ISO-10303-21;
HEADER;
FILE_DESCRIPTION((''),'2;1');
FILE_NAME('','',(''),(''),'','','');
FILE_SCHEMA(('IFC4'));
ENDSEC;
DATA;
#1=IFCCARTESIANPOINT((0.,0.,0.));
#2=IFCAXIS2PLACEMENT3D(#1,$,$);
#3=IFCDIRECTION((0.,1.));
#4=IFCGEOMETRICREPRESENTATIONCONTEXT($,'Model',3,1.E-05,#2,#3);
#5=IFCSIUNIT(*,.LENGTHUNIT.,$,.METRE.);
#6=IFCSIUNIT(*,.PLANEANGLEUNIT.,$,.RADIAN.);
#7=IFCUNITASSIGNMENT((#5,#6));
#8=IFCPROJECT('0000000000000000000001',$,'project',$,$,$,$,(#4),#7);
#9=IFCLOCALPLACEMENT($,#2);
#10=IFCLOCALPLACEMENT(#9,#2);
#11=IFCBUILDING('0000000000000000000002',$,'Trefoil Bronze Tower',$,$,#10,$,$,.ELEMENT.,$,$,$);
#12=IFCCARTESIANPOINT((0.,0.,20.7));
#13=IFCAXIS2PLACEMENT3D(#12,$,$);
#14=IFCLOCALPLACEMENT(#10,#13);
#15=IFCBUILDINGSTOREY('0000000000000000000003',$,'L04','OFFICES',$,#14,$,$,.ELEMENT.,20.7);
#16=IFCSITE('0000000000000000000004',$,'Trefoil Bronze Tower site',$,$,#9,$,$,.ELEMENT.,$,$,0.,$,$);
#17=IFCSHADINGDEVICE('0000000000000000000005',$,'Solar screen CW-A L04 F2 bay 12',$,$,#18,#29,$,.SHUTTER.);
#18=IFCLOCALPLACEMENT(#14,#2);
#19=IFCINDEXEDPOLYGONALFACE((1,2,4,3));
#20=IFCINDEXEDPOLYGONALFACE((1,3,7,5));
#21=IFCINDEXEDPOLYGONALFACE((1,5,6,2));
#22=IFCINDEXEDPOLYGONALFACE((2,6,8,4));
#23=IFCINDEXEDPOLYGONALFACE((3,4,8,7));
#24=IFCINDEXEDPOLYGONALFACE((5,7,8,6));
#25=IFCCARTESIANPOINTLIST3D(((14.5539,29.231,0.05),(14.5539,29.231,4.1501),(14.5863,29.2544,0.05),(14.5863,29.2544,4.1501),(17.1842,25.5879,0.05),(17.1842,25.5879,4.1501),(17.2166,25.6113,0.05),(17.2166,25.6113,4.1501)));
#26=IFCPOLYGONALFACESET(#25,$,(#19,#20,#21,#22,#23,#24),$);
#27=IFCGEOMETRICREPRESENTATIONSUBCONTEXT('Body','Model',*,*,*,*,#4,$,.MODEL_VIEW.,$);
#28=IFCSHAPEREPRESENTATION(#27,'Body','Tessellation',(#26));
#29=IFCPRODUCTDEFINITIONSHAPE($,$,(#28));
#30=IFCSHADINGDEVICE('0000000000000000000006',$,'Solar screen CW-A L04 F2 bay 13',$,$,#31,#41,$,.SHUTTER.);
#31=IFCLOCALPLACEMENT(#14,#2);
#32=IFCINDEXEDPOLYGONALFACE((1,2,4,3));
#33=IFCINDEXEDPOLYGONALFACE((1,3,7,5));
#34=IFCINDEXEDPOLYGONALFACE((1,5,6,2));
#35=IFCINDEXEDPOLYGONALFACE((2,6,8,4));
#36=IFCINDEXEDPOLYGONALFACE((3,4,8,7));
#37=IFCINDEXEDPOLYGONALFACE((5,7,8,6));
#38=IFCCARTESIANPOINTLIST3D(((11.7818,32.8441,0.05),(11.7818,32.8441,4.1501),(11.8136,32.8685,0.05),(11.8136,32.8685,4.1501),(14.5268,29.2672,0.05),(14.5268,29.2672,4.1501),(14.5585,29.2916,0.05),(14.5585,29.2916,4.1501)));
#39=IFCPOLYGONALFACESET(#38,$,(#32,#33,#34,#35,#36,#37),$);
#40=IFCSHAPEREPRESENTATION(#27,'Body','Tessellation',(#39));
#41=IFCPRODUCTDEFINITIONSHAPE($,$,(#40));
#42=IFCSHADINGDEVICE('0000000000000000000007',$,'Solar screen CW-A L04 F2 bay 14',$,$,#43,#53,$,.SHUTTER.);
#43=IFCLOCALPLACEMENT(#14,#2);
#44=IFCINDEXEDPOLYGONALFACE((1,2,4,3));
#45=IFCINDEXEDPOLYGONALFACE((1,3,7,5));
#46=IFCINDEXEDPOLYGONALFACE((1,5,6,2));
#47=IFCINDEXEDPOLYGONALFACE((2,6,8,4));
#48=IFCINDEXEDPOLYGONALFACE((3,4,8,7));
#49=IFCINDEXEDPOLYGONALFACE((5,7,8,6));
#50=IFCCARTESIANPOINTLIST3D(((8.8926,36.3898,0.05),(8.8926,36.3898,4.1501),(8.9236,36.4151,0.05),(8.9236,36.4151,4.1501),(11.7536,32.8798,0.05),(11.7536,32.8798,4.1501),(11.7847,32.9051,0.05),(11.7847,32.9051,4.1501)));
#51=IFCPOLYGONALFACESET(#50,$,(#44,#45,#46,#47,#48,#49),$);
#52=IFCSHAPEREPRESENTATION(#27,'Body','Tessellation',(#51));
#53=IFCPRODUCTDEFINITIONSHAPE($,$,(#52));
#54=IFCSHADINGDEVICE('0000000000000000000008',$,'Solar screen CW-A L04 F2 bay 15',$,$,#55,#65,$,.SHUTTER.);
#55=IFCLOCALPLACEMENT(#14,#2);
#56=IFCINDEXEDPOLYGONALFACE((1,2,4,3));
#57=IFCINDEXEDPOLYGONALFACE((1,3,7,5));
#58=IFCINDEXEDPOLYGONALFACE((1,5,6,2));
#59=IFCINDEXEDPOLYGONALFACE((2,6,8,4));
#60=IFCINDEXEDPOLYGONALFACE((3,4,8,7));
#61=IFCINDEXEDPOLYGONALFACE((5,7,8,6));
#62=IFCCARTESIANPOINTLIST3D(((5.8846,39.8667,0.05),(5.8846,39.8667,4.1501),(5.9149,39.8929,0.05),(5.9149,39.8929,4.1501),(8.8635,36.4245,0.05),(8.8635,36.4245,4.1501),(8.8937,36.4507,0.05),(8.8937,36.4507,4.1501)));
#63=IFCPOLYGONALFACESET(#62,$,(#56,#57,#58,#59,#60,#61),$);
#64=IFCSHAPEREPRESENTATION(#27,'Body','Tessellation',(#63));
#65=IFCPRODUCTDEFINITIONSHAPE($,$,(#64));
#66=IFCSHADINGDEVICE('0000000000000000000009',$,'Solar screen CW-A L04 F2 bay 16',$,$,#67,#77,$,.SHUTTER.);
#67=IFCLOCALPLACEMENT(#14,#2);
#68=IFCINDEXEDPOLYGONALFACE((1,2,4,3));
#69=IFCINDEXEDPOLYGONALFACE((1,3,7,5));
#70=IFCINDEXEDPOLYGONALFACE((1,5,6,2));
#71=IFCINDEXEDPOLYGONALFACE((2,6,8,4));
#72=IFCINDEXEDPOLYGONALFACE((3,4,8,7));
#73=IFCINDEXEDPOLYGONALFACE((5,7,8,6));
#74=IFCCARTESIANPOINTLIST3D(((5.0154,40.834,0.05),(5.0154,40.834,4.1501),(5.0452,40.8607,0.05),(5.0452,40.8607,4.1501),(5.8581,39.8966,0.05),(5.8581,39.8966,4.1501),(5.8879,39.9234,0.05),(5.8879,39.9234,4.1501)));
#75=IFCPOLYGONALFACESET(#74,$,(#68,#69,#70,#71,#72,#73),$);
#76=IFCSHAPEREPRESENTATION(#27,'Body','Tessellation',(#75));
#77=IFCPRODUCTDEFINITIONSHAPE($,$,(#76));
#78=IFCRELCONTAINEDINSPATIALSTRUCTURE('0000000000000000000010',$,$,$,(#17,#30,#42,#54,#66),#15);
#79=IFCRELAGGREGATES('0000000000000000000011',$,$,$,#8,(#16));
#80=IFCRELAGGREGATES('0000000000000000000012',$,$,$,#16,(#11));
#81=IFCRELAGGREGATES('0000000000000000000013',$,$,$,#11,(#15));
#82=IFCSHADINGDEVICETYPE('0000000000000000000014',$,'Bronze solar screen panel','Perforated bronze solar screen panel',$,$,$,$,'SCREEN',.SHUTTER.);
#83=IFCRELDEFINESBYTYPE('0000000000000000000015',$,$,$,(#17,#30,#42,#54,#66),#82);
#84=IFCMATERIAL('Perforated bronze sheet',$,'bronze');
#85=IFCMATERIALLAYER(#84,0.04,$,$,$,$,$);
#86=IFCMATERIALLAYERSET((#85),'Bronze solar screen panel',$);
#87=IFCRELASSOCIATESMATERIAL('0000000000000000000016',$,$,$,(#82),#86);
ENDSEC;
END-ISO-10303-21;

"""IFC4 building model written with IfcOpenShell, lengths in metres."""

from ifc_helpers import new_model, si_unit, direction, frame, origin, origin_2d, place, context, subcontext, project, spatial, rectangle, extrude, material, layer, layer_set, type_object, element, save


model = new_model("IFC4")

# Units and contexts
model_context = context("Model", 3, precision=1e-05, world=origin(), true_north=direction((0.0, 1.0)))
body_context = subcontext(model_context, "Body", "Model", "MODEL_VIEW")
ifc_project = project(units=[si_unit("LENGTHUNIT", "METRE"), si_unit("PLANEANGLEUNIT", "RADIAN")], contexts=[model_context])

# Site, building, storey
site_placement = place(None, origin())
site = spatial("IfcSite", under=ifc_project, at=site_placement, Name="Trefoil Bronze Tower site", CompositionType="ELEMENT", RefElevation=0.0)
building_placement = place(site_placement, origin())
building = spatial("IfcBuilding", under=site, at=building_placement, Name="Trefoil Bronze Tower", CompositionType="ELEMENT")
storey_placement = place(building_placement, frame((0.0, 0.0, 20.7)))
storey = spatial("IfcBuildingStorey", under=building, at=storey_placement, Name="L04", Description="OFFICES", CompositionType="ELEMENT", Elevation=20.7)

# Shading devices
ifc_material_1 = material(Name="Perforated bronze sheet", Category="bronze")
ifc_layer_1 = layer(ifc_material_1, 0.04)
ifc_layer_set_1 = layer_set([ifc_layer_1], Name="Bronze solar screen panel")
shading_device_type = type_object("IfcShadingDeviceType", Name="Bronze solar screen panel", Description="Perforated bronze solar screen panel", ElementType="SCREEN", PredefinedType="SHUTTER", material=ifc_layer_set_1)
shading_device_1_placement = place(storey_placement, frame((15.8853, 27.4211, 0.05), z_axis=(0.0, 0.0, 1.0), x_axis=(-0.585373, 0.810764, 0.0)))
element("IfcShadingDevice", 1, at=shading_device_1_placement, inside=storey, type_object=shading_device_type, Name="Solar screen CW-A L04 F2 bay 12", PredefinedType="SHUTTER", context=body_context, shape_type="SweptSolid", body=[
    extrude(rectangle(XDim=4.4934, YDim=0.04, at=origin_2d()), origin(), (0.0, 0.0, 1.0), 4.1001),
])
shading_device_2_placement = place(storey_placement, frame((13.1702, 31.0679, 0.05), z_axis=(0.0, 0.0, 1.0), x_axis=(-0.608808, 0.793318, 0.0)))
element("IfcShadingDevice", 2, at=shading_device_2_placement, inside=storey, type_object=shading_device_type, Name="Solar screen CW-A L04 F2 bay 13", PredefinedType="SHUTTER", context=body_context, shape_type="SweptSolid", body=[
    extrude(rectangle(XDim=4.5088, YDim=0.04, at=origin_2d()), origin(), (0.0, 0.0, 1.0), 4.1001),
])
shading_device_3_placement = place(storey_placement, frame((10.3386, 34.6475, 0.05), z_axis=(0.0, 0.0, 1.0), x_axis=(-0.631811, 0.775123, 0.0)))
element("IfcShadingDevice", 3, at=shading_device_3_placement, inside=storey, type_object=shading_device_type, Name="Solar screen CW-A L04 F2 bay 14", PredefinedType="SHUTTER", context=body_context, shape_type="SweptSolid", body=[
    extrude(rectangle(XDim=4.5283, YDim=0.04, at=origin_2d()), origin(), (0.0, 0.0, 1.0), 4.1001),
])
shading_device_4_placement = place(storey_placement, frame((7.3892, 38.1587, 0.05), z_axis=(0.0, 0.0, 1.0), x_axis=(-0.654376, 0.756169, 0.0)))
element("IfcShadingDevice", 4, at=shading_device_4_placement, inside=storey, type_object=shading_device_type, Name="Solar screen CW-A L04 F2 bay 15", PredefinedType="SHUTTER", context=body_context, shape_type="SweptSolid", body=[
    extrude(rectangle(XDim=4.5522, YDim=0.04, at=origin_2d()), origin(), (0.0, 0.0, 1.0), 4.1001),
])
shading_device_5_placement = place(storey_placement, frame((5.4517, 40.3787, 0.05), z_axis=(0.0, 0.0, 1.0), x_axis=(-0.668575, 0.743645, 0.0)))
element("IfcShadingDevice", 5, at=shading_device_5_placement, inside=storey, type_object=shading_device_type, Name="Solar screen CW-A L04 F2 bay 16", PredefinedType="SHUTTER", context=body_context, shape_type="SweptSolid", body=[
    extrude(rectangle(XDim=1.2605, YDim=0.04, at=origin_2d()), origin(), (0.0, 0.0, 1.0), 4.1001),
])

save(model, "model.ifc")
